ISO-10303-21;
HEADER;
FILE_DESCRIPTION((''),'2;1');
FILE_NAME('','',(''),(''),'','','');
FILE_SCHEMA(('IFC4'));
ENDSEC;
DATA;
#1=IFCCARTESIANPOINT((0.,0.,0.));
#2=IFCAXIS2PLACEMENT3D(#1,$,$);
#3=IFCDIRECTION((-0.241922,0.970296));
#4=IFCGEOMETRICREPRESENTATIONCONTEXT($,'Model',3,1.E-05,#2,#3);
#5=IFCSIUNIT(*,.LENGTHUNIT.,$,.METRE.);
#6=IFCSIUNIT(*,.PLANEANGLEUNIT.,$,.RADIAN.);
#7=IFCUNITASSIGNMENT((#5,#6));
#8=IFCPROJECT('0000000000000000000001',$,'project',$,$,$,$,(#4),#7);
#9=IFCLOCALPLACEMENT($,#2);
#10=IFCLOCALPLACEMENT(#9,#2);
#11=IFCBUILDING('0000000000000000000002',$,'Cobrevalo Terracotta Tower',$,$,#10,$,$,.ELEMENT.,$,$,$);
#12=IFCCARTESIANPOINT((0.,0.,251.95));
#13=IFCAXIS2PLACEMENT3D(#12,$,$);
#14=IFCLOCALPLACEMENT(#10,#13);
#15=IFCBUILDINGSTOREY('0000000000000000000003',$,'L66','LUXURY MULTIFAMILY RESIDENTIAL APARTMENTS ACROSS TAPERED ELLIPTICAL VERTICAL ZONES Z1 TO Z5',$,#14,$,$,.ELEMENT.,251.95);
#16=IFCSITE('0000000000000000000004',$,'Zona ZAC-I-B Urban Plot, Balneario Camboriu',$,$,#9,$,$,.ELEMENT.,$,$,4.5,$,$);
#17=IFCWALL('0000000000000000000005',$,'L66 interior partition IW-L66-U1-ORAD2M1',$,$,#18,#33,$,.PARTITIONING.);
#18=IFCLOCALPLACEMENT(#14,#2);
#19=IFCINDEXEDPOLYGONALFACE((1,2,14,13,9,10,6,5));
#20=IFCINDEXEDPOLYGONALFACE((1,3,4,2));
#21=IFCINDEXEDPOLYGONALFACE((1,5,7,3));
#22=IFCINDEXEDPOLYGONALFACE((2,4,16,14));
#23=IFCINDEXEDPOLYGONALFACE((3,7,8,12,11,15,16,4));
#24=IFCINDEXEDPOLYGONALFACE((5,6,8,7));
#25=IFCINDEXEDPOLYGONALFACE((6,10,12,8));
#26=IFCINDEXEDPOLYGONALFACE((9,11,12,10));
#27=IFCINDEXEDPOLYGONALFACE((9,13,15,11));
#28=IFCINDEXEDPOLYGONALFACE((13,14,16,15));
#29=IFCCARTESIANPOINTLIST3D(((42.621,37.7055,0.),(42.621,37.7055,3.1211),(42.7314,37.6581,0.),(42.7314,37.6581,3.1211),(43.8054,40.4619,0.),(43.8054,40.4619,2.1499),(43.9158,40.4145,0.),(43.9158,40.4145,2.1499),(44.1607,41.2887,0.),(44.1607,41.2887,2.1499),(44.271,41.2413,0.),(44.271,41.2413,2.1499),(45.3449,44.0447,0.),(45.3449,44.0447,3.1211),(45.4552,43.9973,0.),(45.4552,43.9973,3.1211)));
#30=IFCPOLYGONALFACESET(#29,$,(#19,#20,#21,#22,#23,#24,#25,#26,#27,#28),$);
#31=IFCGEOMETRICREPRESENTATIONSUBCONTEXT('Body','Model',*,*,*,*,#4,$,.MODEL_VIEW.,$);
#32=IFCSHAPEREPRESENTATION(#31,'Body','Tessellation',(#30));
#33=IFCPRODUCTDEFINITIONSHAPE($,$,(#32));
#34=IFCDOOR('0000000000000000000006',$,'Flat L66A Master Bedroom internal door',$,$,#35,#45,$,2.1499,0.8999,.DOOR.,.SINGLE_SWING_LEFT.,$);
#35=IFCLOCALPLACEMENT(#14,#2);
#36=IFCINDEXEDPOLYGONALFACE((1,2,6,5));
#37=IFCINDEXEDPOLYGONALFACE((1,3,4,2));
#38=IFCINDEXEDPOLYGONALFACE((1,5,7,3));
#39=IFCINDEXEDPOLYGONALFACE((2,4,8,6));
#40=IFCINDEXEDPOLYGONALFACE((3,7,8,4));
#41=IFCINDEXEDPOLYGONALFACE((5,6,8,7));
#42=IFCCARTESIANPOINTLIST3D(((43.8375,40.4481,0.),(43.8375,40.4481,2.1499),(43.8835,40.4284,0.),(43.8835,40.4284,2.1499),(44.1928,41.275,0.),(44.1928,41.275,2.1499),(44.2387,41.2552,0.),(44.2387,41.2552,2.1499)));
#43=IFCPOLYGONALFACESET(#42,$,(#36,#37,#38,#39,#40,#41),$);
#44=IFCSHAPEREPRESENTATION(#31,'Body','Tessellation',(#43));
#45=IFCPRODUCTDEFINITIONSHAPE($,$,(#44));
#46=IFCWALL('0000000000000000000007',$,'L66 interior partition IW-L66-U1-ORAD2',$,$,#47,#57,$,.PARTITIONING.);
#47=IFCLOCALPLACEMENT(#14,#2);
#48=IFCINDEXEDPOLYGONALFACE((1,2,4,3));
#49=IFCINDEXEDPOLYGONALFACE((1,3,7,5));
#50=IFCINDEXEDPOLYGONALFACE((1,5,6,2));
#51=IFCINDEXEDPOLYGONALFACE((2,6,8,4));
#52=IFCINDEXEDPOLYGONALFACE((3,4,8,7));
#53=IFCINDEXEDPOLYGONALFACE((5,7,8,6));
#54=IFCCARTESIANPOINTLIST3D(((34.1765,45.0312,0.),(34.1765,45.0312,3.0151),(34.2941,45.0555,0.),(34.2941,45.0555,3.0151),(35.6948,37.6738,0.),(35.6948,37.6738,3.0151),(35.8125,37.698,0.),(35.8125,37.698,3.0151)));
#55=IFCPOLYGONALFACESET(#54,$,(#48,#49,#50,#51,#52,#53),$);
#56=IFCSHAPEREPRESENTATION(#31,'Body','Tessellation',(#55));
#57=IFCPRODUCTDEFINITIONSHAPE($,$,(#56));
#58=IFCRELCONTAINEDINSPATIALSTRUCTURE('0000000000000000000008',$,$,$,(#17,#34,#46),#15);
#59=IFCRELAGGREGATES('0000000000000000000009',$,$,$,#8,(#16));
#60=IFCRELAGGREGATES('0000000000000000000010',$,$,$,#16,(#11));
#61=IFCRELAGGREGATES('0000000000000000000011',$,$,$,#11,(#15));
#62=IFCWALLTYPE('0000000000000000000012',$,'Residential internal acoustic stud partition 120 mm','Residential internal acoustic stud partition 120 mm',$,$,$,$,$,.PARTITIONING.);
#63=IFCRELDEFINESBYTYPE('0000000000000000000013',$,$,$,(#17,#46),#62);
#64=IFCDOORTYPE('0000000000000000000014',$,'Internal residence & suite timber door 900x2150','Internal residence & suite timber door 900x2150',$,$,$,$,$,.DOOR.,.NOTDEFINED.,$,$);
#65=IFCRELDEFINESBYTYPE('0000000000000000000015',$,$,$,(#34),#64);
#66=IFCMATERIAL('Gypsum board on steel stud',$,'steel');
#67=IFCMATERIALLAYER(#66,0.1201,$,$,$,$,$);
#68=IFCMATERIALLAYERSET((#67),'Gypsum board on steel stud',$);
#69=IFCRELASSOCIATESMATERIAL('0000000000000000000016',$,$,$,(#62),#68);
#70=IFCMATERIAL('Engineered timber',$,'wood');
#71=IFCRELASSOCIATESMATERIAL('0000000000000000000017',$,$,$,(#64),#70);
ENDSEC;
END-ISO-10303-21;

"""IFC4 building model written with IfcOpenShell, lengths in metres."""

from ifc_helpers import new_model, si_unit, direction, frame, frame_2d, origin, place, context, subcontext, project, spatial, rectangle, extrude, source, transform, mapped, material, layer, layer_set, type_object, element, fill, save


model = new_model("IFC4")

# Units and contexts
model_context = context("Model", 3, precision=1e-05, world=origin(), true_north=direction((-0.241922, 0.970296)))
body_context = subcontext(model_context, "Body", "Model", "MODEL_VIEW")
ifc_project = project(units=[si_unit("LENGTHUNIT", "METRE"), si_unit("PLANEANGLEUNIT", "RADIAN")], contexts=[model_context])

# Site, building, storey
site_placement = place(None, origin())
site = spatial("IfcSite", under=ifc_project, at=site_placement, Name="Zona ZAC-I-B Urban Plot, Balneario Camboriu", CompositionType="ELEMENT", RefElevation=4.5)
building_placement = place(site_placement, origin())
building = spatial("IfcBuilding", under=site, at=building_placement, Name="Cobrevalo Terracotta Tower", CompositionType="ELEMENT")
storey_placement = place(building_placement, frame((0.0, 0.0, 251.95)))
storey = spatial("IfcBuildingStorey", under=building, at=storey_placement, Name="L66", Description="LUXURY MULTIFAMILY RESIDENTIAL APARTMENTS ACROSS TAPERED ELLIPTICAL VERTICAL ZONES Z1 TO Z5", CompositionType="ELEMENT", Elevation=251.95)

# Wall, opening, door
ifc_material_1 = material(Name="Gypsum board on steel stud", Category="steel")
ifc_layer_1 = layer(ifc_material_1, 0.1201)
ifc_layer_set_1 = layer_set([ifc_layer_1], Name="Gypsum board on steel stud")
wall_type_1 = type_object("IfcWallType", Name="Residential internal acoustic stud partition 120 mm", Description="Residential internal acoustic stud partition 120 mm", PredefinedType="PARTITIONING", material=ifc_layer_set_1)
wall_1_placement = place(storey_placement, frame((42.6763, 37.6819, 0.0), z_axis=(0.0, 0.0, 1.0), x_axis=(0.394777, 0.918777, 0.0)))
wall_1 = element("IfcWall", 1, at=wall_1_placement, inside=storey, type_object=wall_type_1, Name="L66 interior partition IW-L66-U1-ORAD2M1", PredefinedType="PARTITIONING", context=body_context, shape_type="SweptSolid", body=[
    extrude(rectangle(XDim=6.8997, YDim=0.1201, at=frame_2d((3.4497, 0.0))), origin(), (0.0, 0.0, 1.0), 3.1211),
])
opening_1_placement = place(wall_1_placement, frame((3.0, 0.0, 0.0)))
opening_1 = element("IfcOpeningElement", 2, at=opening_1_placement, cuts=wall_1, PredefinedType="OPENING", context=body_context, shape_type="SweptSolid", body=[
    extrude(rectangle(XDim=0.8999, YDim=2.1499, at=frame_2d((0.45, 1.075))), frame((0.0, 0.0701, 0.0), z_axis=(0.0, -1.0, 0.0), x_axis=(1.0, 0.0, 0.0)), (0.0, 0.0, 1.0), 0.1401),
])
ifc_material_2 = material(Name="Engineered timber", Category="wood")
door_type_1 = type_object("IfcDoorType", Name="Internal residence & suite timber door 900x2150", Description="Internal residence & suite timber door 900x2150", OperationType="NOTDEFINED", PredefinedType="DOOR", material=ifc_material_2)
shared_shape_1 = source(origin(), body_context, "Body", "SweptSolid", [
    extrude(rectangle(XDim=0.8999, YDim=2.1499, at=frame_2d((0.45, 1.075))), frame((0.0, 0.0249, 0.0), z_axis=(0.0, -1.0, 0.0), x_axis=(1.0, 0.0, 0.0)), (0.0, 0.0, 1.0), 0.05),
])
door_1_placement = place(opening_1_placement, frame((0.8999, 0.0, 0.0), z_axis=(0.0, 0.0, 1.0), x_axis=(-1.0, 0.0, 0.0)))
door_1 = element("IfcDoor", 3, at=door_1_placement, inside=storey, type_object=door_type_1, Name="Flat L66A Master Bedroom internal door", OperationType="SINGLE_SWING_LEFT", OverallHeight=2.1499, OverallWidth=0.8999, PredefinedType="DOOR", context=body_context, shape_type="MappedRepresentation", body=[
    mapped(shared_shape_1, transform((0.0, 0.0, 0.0), scale=1.0)),
])
fill(opening_1, door_1)

# Wall
wall_2_placement = place(storey_placement, frame((35.7537, 37.6858, 0.0), z_axis=(0.0, 0.0, 1.0), x_axis=(-0.202106, 0.979364, 0.0)))
element("IfcWall", 4, at=wall_2_placement, inside=storey, type_object=wall_type_1, Name="L66 interior partition IW-L66-U1-ORAD2", PredefinedType="PARTITIONING", context=body_context, shape_type="SweptSolid", body=[
    extrude(rectangle(XDim=7.5125, YDim=0.1201, at=frame_2d((3.7563, 0.0))), origin(), (0.0, 0.0, 1.0), 3.0151),
])

save(model, "model.ifc")
